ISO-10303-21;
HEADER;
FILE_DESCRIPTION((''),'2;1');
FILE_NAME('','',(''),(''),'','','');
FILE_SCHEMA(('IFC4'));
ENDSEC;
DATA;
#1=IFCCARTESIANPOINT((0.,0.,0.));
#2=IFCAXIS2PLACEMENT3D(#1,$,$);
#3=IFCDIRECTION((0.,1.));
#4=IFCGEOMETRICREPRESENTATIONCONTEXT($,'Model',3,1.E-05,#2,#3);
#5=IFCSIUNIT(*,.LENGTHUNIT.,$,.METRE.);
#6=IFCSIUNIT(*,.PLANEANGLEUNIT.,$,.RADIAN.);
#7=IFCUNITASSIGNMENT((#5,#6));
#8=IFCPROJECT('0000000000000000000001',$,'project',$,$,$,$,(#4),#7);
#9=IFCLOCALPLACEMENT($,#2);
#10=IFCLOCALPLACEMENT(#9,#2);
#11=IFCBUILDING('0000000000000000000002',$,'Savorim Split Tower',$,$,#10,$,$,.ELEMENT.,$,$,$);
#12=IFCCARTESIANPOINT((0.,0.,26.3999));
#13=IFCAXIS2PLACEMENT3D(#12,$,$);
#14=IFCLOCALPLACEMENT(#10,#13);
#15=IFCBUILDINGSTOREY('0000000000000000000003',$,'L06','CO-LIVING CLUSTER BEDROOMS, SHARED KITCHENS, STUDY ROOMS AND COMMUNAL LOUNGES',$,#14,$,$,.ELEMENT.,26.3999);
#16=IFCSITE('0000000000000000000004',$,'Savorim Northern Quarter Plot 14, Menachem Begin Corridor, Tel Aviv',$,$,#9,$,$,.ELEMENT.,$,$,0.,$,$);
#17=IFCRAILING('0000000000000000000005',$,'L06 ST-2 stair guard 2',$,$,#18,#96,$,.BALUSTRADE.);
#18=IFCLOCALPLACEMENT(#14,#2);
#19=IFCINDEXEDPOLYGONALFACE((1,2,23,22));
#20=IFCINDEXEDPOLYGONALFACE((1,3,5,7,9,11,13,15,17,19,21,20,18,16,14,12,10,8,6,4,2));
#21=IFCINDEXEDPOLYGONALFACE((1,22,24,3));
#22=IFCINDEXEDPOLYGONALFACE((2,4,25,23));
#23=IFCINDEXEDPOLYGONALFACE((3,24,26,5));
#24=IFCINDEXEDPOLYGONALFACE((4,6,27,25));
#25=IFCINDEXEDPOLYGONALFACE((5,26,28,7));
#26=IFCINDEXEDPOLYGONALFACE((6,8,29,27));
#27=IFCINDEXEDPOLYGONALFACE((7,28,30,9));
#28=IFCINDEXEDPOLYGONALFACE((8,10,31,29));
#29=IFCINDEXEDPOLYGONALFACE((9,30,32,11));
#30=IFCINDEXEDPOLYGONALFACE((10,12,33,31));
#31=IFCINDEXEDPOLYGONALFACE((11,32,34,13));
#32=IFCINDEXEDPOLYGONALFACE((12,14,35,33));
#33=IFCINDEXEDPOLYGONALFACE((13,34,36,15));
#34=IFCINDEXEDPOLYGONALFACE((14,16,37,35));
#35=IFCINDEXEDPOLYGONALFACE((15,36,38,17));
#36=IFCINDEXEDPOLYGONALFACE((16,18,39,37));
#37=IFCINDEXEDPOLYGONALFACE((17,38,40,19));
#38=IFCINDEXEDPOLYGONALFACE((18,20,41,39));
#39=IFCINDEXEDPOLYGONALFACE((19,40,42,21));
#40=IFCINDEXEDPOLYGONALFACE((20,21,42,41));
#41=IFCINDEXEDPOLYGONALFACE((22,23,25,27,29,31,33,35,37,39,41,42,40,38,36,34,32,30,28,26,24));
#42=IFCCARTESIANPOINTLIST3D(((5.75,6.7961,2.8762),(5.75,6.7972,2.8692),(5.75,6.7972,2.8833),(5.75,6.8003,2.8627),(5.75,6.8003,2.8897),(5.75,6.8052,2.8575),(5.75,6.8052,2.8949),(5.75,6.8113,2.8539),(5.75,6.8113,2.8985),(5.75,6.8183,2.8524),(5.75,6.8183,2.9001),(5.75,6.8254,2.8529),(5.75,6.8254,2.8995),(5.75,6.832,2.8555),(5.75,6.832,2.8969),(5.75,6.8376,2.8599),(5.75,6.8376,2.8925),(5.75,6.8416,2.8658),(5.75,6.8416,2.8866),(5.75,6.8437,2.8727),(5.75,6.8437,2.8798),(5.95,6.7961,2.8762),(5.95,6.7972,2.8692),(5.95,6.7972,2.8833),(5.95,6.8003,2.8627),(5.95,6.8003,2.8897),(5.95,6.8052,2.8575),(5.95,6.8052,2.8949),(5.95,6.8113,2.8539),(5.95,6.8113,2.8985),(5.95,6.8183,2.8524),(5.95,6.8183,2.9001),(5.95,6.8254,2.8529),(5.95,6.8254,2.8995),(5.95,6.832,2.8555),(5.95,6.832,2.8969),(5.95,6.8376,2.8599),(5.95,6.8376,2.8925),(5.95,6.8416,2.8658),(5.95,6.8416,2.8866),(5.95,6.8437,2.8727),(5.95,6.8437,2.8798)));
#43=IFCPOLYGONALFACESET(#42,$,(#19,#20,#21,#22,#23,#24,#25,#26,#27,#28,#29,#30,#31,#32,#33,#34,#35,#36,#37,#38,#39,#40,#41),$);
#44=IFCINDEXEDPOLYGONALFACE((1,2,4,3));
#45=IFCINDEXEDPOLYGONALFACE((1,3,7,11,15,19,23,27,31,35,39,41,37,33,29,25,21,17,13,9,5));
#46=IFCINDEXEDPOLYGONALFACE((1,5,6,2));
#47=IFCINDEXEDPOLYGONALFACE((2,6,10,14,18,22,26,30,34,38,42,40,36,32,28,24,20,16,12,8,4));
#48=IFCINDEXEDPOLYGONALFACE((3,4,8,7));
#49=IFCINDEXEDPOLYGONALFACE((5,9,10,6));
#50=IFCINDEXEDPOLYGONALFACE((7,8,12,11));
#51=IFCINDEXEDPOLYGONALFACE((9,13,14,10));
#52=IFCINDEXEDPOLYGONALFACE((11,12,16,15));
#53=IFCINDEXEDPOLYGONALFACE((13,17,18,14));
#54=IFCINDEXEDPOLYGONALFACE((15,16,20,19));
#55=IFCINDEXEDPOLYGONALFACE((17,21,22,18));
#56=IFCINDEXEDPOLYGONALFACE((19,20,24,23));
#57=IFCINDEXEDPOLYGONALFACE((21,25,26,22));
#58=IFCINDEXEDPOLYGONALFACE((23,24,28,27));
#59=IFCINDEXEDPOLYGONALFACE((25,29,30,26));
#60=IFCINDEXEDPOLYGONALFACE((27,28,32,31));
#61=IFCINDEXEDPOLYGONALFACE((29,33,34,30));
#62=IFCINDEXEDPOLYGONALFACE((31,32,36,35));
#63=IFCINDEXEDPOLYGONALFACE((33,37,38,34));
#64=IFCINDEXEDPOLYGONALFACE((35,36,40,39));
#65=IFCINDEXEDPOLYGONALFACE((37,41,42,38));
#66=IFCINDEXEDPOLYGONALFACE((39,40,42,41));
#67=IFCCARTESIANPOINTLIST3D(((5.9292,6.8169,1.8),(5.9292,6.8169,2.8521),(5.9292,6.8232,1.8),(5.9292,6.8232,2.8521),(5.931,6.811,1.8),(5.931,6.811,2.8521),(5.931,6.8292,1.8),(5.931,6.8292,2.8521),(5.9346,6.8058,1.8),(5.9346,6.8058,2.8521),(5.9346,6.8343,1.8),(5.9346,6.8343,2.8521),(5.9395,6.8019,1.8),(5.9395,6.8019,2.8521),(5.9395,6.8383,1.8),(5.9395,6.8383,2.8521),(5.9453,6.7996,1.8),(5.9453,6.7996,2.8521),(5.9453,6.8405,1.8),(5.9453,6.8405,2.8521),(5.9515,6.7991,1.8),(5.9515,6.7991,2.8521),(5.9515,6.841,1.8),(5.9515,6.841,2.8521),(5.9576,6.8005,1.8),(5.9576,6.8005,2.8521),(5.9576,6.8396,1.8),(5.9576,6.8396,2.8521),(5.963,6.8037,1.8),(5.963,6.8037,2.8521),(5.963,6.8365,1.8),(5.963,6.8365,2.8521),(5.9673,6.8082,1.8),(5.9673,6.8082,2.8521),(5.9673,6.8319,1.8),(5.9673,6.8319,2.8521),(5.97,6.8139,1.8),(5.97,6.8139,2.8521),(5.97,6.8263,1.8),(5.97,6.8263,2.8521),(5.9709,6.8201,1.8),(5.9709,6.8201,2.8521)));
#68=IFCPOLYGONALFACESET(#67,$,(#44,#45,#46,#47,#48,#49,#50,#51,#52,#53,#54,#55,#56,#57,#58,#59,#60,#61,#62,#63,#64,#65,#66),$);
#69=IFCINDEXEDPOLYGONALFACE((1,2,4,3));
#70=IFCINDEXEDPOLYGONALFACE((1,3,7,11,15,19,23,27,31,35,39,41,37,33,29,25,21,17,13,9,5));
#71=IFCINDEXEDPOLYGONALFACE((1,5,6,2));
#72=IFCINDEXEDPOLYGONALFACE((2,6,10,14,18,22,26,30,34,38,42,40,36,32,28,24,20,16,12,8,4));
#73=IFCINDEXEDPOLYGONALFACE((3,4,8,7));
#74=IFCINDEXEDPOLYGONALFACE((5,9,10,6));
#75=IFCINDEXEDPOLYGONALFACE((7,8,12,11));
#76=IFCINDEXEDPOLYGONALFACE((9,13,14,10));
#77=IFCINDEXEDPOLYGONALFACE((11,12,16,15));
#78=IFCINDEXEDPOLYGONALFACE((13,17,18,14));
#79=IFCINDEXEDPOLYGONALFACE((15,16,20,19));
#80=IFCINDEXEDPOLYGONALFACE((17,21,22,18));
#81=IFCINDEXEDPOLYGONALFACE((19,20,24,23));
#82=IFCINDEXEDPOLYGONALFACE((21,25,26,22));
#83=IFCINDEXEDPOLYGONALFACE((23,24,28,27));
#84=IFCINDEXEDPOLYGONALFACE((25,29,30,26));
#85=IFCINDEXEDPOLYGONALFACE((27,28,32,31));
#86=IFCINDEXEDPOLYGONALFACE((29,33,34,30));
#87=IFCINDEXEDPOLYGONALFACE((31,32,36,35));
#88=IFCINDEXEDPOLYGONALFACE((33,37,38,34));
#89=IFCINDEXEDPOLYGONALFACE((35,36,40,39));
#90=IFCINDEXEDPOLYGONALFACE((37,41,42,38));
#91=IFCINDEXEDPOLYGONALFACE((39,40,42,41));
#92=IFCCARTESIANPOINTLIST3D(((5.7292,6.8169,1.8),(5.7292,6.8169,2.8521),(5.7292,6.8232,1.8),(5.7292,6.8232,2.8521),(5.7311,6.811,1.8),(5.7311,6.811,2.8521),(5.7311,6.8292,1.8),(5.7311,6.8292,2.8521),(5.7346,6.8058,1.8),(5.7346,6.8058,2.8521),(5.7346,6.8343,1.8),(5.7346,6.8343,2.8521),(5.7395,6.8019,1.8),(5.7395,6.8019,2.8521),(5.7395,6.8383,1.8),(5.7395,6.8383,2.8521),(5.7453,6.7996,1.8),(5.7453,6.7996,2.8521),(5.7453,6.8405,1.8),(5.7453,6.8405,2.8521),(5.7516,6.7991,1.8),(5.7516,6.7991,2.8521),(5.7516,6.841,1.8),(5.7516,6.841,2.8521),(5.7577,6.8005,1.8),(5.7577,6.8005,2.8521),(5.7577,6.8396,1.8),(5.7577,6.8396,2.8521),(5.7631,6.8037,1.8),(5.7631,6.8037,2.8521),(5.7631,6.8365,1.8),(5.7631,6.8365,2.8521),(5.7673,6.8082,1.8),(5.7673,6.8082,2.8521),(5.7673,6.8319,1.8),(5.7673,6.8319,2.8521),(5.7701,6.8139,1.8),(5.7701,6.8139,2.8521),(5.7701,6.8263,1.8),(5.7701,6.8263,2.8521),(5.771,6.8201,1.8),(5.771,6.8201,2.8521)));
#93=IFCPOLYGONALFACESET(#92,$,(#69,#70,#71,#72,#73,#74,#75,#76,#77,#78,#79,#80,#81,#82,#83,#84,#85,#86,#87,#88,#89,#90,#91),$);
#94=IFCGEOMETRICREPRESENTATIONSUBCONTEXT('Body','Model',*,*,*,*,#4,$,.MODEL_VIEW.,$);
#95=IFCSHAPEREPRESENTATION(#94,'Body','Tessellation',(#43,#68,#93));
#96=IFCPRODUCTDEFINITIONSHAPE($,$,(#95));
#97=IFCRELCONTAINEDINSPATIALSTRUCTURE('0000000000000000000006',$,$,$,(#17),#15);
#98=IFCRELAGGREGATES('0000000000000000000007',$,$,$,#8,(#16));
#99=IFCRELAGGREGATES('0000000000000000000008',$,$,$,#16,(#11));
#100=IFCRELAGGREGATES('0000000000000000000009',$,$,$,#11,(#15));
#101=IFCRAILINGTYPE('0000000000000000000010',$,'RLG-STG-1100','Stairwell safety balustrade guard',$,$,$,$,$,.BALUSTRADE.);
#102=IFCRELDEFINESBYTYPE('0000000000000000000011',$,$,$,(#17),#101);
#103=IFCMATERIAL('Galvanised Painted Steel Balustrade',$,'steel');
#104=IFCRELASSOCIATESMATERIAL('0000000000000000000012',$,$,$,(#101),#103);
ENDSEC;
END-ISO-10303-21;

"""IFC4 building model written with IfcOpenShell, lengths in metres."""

from ifc_helpers import new_model, si_unit, direction, frame, origin, origin_2d, place, context, subcontext, project, spatial, circle, extrude, material, type_object, element, save


model = new_model("IFC4")

# Units and contexts
model_context = context("Model", 3, precision=1e-05, world=origin(), true_north=direction((0.0, 1.0)))
body_context = subcontext(model_context, "Body", "Model", "MODEL_VIEW")
ifc_project = project(units=[si_unit("LENGTHUNIT", "METRE"), si_unit("PLANEANGLEUNIT", "RADIAN")], contexts=[model_context])

# Site, building, storey
site_placement = place(None, origin())
site = spatial("IfcSite", under=ifc_project, at=site_placement, Name="Savorim Northern Quarter Plot 14, Menachem Begin Corridor, Tel Aviv", CompositionType="ELEMENT", RefElevation=0.0)
building_placement = place(site_placement, origin())
building = spatial("IfcBuilding", under=site, at=building_placement, Name="Savorim Split Tower", CompositionType="ELEMENT")
storey_placement = place(building_placement, frame((0.0, 0.0, 26.3999)))
storey = spatial("IfcBuildingStorey", under=building, at=storey_placement, Name="L06", Description="CO-LIVING CLUSTER BEDROOMS, SHARED KITCHENS, STUDY ROOMS AND COMMUNAL LOUNGES", CompositionType="ELEMENT", Elevation=26.3999)

# Railing
ifc_material_1 = material(Name="Galvanised Painted Steel Balustrade", Category="steel")
railing_type_1 = type_object("IfcRailingType", Name="RLG-STG-1100", Description="Stairwell safety balustrade guard", PredefinedType="BALUSTRADE", material=ifc_material_1)
railing_1_placement = place(storey_placement, frame((5.95, 6.8201, 1.8)))
element("IfcRailing", 1, at=railing_1_placement, inside=storey, type_object=railing_type_1, Name="L06 ST-2 stair guard 2", PredefinedType="BALUSTRADE", context=body_context, shape_type="SweptSolid", body=[
    extrude(circle(Radius=0.0239, at=origin_2d()), frame((0.0, 0.0, 1.0762), z_axis=(-1.0, 0.0, 0.0), x_axis=(0.0, -1.0, 0.0)), (0.0, 0.0, 1.0), 0.2),
    extrude(circle(Radius=0.021, at=origin_2d()), origin(), (0.0, 0.0, 1.0), 1.052),
    extrude(circle(Radius=0.021, at=origin_2d()), frame((-0.2, 0.0, 0.0)), (0.0, 0.0, 1.0), 1.052),
])

save(model, "model.ifc")
